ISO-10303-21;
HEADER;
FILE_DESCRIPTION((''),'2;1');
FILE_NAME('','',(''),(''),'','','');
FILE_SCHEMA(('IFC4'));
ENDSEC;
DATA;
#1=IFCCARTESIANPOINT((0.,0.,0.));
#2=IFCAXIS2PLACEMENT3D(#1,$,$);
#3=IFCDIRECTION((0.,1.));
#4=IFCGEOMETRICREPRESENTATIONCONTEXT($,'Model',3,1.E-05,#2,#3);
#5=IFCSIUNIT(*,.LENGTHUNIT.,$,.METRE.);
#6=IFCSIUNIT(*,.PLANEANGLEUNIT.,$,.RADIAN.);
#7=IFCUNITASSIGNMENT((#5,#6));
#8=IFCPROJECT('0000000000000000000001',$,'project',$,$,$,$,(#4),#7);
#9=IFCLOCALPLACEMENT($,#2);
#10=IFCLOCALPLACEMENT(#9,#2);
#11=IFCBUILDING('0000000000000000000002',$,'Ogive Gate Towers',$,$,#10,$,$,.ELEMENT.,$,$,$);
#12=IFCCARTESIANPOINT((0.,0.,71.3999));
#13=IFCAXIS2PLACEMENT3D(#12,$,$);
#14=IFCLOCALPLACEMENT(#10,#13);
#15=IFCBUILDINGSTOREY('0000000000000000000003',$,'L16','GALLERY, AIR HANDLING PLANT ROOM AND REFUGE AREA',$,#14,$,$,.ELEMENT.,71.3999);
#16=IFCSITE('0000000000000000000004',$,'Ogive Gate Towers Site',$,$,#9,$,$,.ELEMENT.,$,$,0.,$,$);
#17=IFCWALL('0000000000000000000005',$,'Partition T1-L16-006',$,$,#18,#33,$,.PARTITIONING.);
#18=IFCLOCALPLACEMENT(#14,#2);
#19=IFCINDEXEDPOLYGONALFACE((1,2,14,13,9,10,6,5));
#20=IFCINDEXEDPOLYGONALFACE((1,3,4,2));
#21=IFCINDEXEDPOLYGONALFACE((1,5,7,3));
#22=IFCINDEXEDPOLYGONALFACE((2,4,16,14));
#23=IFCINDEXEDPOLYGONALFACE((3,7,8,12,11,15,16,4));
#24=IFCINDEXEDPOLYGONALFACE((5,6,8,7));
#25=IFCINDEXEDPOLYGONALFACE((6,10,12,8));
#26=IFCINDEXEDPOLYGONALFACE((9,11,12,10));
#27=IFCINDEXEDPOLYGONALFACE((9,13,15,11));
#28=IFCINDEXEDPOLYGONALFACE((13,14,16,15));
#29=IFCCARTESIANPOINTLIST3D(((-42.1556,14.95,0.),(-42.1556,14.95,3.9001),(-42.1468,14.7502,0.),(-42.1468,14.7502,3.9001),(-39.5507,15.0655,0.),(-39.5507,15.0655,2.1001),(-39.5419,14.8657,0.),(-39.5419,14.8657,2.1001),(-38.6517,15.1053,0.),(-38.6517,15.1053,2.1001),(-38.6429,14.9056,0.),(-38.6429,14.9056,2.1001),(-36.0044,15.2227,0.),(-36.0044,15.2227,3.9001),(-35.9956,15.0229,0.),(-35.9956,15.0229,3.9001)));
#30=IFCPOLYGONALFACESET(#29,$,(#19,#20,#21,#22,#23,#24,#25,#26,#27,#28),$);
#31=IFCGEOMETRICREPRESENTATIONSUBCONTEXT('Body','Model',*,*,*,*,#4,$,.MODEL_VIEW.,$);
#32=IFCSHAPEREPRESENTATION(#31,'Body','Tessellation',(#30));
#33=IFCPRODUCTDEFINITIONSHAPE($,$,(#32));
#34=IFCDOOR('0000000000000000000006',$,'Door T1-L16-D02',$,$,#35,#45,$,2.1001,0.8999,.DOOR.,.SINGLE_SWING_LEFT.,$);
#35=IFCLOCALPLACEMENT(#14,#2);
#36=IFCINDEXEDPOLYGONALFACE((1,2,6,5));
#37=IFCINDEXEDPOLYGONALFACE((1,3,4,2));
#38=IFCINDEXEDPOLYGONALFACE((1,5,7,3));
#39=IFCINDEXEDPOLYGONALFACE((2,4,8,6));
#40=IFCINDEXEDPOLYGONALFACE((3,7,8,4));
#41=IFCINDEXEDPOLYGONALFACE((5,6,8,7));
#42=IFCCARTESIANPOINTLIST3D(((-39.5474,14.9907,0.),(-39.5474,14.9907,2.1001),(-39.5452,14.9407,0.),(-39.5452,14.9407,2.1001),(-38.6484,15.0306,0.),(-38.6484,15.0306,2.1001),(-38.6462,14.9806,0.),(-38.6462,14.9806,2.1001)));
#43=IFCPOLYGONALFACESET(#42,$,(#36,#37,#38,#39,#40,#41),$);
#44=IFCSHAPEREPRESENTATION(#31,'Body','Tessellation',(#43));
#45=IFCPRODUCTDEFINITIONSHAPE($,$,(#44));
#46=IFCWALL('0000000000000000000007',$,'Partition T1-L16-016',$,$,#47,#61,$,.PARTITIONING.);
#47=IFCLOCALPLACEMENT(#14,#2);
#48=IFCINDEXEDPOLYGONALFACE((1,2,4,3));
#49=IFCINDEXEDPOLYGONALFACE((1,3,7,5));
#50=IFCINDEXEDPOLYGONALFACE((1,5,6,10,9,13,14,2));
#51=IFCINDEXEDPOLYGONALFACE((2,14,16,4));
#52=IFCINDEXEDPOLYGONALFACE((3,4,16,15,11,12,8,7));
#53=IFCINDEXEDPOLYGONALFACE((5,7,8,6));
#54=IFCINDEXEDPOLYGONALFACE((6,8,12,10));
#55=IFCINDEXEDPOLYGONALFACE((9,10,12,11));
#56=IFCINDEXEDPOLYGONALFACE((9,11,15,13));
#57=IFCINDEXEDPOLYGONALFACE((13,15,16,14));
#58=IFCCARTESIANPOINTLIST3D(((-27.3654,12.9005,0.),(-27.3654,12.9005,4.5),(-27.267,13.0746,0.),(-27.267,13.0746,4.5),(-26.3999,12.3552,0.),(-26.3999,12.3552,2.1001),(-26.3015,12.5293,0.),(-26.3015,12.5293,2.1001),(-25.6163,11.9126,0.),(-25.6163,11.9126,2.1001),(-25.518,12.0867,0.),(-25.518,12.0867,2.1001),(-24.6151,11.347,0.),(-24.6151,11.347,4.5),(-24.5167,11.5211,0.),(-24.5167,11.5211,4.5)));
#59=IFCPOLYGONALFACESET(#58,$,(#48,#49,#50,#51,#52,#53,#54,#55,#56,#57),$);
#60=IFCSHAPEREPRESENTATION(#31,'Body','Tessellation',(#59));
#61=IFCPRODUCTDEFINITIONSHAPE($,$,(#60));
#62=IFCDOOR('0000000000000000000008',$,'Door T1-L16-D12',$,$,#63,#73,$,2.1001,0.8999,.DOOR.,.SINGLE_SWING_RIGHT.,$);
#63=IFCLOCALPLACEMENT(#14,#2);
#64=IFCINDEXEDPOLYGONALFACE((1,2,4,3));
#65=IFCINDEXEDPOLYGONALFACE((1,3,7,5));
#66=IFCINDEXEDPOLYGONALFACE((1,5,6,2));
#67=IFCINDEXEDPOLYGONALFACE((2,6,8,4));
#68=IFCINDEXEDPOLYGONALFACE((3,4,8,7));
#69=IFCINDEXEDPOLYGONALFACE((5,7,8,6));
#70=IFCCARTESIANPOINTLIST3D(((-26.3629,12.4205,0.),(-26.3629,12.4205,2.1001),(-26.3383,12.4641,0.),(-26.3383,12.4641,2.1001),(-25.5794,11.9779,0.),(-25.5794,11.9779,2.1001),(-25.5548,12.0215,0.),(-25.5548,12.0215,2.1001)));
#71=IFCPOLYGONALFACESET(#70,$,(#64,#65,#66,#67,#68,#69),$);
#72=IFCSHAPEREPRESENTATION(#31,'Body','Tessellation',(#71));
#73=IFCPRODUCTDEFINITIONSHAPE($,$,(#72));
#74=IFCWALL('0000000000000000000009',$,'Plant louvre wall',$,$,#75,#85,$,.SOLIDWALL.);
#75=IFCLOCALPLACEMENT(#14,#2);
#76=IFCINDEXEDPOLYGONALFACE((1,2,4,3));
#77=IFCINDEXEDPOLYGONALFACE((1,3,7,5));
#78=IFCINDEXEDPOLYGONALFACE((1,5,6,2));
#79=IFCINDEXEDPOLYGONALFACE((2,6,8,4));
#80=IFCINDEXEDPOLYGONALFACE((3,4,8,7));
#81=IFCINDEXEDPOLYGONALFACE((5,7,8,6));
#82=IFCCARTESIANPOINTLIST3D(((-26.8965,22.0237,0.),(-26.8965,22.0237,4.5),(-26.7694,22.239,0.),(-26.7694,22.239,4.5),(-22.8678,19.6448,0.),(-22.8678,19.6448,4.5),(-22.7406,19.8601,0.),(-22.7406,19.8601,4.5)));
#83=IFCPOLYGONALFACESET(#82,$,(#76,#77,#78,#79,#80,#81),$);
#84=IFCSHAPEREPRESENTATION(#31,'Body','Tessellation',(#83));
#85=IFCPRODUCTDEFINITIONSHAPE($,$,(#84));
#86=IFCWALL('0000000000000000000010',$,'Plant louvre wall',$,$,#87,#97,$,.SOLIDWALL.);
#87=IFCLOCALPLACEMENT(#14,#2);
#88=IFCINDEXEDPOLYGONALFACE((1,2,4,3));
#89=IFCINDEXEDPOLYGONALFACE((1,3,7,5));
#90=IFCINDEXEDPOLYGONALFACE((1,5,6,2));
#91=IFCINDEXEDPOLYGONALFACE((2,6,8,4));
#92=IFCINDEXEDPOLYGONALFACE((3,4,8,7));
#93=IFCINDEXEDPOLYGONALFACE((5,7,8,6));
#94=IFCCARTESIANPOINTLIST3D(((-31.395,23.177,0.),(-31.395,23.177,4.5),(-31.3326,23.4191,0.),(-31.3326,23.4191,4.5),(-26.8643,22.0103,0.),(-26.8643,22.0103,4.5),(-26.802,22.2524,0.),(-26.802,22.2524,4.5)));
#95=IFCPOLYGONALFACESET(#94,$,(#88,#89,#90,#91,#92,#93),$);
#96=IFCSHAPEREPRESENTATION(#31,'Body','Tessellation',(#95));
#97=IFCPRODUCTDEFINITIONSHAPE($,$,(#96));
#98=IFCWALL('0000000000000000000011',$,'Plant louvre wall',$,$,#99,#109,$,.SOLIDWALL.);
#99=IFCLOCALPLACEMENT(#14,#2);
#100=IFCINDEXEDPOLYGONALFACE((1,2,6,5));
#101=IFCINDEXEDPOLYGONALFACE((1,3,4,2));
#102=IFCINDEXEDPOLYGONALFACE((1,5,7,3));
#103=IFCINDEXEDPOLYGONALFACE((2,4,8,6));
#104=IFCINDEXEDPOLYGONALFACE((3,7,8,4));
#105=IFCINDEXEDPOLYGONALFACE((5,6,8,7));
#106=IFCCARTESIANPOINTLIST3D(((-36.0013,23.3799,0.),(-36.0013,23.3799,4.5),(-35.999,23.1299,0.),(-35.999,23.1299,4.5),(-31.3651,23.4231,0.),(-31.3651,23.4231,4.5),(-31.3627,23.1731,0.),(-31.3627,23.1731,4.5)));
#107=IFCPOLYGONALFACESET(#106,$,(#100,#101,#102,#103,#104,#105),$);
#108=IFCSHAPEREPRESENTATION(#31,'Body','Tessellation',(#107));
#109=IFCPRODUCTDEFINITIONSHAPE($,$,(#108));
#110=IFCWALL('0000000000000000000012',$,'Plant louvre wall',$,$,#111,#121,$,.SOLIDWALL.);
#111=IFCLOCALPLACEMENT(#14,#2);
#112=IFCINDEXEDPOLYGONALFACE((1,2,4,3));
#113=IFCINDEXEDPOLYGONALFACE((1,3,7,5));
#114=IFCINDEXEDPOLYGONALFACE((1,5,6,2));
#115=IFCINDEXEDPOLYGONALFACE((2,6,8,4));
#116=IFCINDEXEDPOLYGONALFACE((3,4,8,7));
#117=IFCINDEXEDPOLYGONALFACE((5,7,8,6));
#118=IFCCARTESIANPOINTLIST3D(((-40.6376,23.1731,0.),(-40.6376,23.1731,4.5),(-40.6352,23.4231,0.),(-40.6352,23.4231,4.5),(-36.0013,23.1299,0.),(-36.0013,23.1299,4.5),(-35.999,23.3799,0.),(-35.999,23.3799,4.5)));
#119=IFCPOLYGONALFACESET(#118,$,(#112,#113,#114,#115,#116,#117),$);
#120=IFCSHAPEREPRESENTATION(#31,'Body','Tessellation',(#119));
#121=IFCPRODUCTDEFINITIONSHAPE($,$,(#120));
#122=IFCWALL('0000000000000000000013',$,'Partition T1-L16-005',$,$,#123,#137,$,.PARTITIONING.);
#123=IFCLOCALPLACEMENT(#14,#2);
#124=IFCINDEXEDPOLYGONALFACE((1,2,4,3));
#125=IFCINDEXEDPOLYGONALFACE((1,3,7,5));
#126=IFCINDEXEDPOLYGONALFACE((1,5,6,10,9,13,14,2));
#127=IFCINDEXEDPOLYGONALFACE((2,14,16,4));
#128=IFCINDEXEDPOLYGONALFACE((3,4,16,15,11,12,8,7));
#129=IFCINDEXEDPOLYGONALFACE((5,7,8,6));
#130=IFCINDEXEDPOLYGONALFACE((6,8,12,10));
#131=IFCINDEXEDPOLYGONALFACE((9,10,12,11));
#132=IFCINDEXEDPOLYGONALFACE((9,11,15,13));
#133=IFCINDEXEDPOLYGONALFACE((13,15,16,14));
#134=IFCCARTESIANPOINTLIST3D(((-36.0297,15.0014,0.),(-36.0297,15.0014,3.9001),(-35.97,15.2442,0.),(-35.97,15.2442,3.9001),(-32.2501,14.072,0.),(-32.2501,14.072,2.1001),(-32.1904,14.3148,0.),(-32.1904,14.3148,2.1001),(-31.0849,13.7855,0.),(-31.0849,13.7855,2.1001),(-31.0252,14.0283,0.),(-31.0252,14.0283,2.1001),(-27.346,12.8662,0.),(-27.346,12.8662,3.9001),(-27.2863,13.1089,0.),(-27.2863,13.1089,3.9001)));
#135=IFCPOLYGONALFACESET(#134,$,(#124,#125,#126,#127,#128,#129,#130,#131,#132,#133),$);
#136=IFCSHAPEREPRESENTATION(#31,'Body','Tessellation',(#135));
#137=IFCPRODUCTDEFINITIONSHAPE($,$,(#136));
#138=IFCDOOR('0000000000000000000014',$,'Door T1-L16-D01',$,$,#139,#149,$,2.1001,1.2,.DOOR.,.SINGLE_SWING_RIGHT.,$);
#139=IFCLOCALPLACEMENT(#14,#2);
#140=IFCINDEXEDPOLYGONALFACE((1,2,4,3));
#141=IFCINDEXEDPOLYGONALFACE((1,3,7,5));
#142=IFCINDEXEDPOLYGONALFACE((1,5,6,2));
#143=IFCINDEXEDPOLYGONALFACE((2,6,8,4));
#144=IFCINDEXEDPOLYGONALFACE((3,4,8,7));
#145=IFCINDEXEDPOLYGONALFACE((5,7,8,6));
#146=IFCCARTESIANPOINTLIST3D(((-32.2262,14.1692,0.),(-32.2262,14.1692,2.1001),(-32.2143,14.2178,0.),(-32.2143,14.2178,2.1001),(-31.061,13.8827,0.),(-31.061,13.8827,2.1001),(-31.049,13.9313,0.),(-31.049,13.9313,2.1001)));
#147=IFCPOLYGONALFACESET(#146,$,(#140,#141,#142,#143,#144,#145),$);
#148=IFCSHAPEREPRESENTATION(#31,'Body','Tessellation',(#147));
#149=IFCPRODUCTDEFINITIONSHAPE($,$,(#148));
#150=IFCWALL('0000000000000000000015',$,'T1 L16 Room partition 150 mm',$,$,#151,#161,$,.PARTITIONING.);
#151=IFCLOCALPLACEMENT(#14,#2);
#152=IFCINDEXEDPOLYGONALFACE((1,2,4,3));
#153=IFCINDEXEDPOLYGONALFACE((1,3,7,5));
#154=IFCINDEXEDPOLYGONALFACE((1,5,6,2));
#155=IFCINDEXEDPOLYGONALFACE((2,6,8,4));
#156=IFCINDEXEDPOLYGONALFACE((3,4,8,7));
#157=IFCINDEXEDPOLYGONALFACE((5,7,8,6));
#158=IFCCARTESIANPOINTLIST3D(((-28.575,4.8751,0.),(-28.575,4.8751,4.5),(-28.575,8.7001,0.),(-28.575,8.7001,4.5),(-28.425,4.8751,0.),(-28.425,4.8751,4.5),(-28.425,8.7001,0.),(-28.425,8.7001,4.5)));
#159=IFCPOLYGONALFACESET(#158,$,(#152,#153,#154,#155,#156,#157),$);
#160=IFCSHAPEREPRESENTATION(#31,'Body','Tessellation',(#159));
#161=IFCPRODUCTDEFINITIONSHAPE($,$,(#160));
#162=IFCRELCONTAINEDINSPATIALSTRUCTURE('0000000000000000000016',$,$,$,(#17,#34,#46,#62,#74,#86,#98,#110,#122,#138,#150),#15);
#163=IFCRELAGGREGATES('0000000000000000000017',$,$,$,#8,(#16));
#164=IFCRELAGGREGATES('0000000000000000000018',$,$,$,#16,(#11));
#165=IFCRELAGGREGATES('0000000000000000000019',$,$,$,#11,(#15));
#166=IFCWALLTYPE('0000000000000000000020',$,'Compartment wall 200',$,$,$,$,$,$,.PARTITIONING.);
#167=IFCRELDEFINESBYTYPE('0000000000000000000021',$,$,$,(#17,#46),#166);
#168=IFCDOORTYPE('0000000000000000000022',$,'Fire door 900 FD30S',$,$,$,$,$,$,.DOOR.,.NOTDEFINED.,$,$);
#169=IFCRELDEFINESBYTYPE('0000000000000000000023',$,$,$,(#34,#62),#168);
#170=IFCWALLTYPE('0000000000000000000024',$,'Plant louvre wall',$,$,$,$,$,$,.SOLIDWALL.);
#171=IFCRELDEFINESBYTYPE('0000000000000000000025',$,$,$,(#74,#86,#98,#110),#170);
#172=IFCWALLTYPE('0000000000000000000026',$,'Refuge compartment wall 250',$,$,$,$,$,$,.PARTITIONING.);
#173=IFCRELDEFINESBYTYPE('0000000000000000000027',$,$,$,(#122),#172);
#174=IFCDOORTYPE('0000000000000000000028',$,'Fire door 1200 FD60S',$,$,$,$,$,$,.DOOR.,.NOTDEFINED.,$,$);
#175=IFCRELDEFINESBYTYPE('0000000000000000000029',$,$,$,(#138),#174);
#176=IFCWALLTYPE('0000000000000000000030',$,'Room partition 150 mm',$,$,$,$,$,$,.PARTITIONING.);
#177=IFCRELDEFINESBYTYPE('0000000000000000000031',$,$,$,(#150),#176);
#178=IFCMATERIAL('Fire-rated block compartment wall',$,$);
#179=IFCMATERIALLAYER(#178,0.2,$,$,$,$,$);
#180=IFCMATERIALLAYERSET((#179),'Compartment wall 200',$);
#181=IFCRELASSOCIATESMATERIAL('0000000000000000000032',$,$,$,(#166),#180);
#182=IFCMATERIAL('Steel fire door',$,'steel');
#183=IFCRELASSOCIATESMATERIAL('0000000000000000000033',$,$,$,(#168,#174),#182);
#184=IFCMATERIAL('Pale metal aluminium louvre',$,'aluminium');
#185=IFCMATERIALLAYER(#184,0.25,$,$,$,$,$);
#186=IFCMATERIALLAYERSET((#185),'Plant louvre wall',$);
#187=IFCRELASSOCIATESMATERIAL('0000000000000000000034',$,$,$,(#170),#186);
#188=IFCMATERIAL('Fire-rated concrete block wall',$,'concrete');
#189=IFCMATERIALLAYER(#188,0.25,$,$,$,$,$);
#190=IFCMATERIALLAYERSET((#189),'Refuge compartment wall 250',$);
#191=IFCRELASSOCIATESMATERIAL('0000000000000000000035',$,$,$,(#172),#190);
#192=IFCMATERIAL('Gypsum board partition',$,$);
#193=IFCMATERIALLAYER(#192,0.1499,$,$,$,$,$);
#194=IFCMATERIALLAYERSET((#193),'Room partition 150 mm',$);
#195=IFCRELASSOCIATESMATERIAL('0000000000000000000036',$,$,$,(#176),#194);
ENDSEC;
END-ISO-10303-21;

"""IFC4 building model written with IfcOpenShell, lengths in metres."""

from ifc_helpers import new_model, si_unit, direction, frame, frame_2d, origin, place, context, subcontext, project, spatial, rectangle, extrude, material, layer, layer_set, type_object, element, fill, save


model = new_model("IFC4")

# Units and contexts
model_context = context("Model", 3, precision=1e-05, world=origin(), true_north=direction((0.0, 1.0)))
body_context = subcontext(model_context, "Body", "Model", "MODEL_VIEW")
ifc_project = project(units=[si_unit("LENGTHUNIT", "METRE"), si_unit("PLANEANGLEUNIT", "RADIAN")], contexts=[model_context])

# Site, building, storey
site_placement = place(None, origin())
site = spatial("IfcSite", under=ifc_project, at=site_placement, Name="Ogive Gate Towers Site", CompositionType="ELEMENT", RefElevation=0.0)
building_placement = place(site_placement, origin())
building = spatial("IfcBuilding", under=site, at=building_placement, Name="Ogive Gate Towers", CompositionType="ELEMENT")
storey_placement = place(building_placement, frame((0.0, 0.0, 71.3999)))
storey = spatial("IfcBuildingStorey", under=building, at=storey_placement, Name="L16", Description="GALLERY, AIR HANDLING PLANT ROOM AND REFUGE AREA", CompositionType="ELEMENT", Elevation=71.3999)

# Walls, openings, doors
ifc_material_1 = material(Name="Fire-rated block compartment wall")
ifc_layer_1 = layer(ifc_material_1, 0.2)
ifc_layer_set_1 = layer_set([ifc_layer_1], Name="Compartment wall 200")
wall_type_1 = type_object("IfcWallType", Name="Compartment wall 200", PredefinedType="PARTITIONING", material=ifc_layer_set_1)
wall_1_placement = place(storey_placement, frame((-36.0, 15.1228, 0.0), z_axis=(0.0, 0.0, 1.0), x_axis=(-0.999019, -0.044291, 0.0)))
wall_1 = element("IfcWall", 1, at=wall_1_placement, inside=storey, type_object=wall_type_1, Name="Partition T1-L16-006", PredefinedType="PARTITIONING", context=body_context, shape_type="SweptSolid", body=[
    extrude(rectangle(XDim=6.1572, YDim=0.2, at=frame_2d((3.0786, 0.0))), origin(), (0.0, 0.0, 1.0), 3.9001),
])
opening_1_placement = place(wall_1_placement, frame((2.6499, 0.0, 0.0)))
opening_1 = element("IfcOpeningElement", 2, at=opening_1_placement, cuts=wall_1, PredefinedType="OPENING", context=body_context, shape_type="SweptSolid", body=[
    extrude(rectangle(XDim=0.8999, YDim=2.1001, at=frame_2d((0.45, 1.05))), frame((0.0, 0.1099, 0.0), z_axis=(0.0, -1.0, 0.0), x_axis=(1.0, 0.0, 0.0)), (0.0, 0.0, 1.0), 0.22),
])
ifc_material_2 = material(Name="Steel fire door", Category="steel")
door_type_1 = type_object("IfcDoorType", Name="Fire door 900 FD30S", OperationType="NOTDEFINED", PredefinedType="DOOR", material=ifc_material_2)
door_1_placement = place(opening_1_placement, origin())
door_1 = element("IfcDoor", 3, at=door_1_placement, inside=storey, type_object=door_type_1, Name="Door T1-L16-D02", OperationType="SINGLE_SWING_LEFT", OverallHeight=2.1001, OverallWidth=0.8999, PredefinedType="DOOR", context=body_context, shape_type="SweptSolid", body=[
    extrude(rectangle(XDim=0.8999, YDim=2.1001, at=frame_2d((0.45, 1.05))), frame((0.0, 0.0249, 0.0), z_axis=(0.0, -1.0, 0.0), x_axis=(1.0, 0.0, 0.0)), (0.0, 0.0, 1.0), 0.05),
])
fill(opening_1, door_1)
wall_2_placement = place(storey_placement, frame((-24.5659, 11.4341, 0.0), z_axis=(0.0, 0.0, 1.0), x_axis=(-0.870701, 0.491813, 0.0)))
wall_2 = element("IfcWall", 4, at=wall_2_placement, inside=storey, type_object=wall_type_1, Name="Partition T1-L16-016", PredefinedType="PARTITIONING", context=body_context, shape_type="SweptSolid", body=[
    extrude(rectangle(XDim=3.1587, YDim=0.2, at=frame_2d((1.5793, 0.0))), origin(), (0.0, 0.0, 1.0), 4.5),
])
opening_2_placement = place(wall_2_placement, frame((1.1499, 0.0, 0.0)))
opening_2 = element("IfcOpeningElement", 5, at=opening_2_placement, cuts=wall_2, PredefinedType="OPENING", context=body_context, shape_type="SweptSolid", body=[
    extrude(rectangle(XDim=0.8999, YDim=2.1001, at=frame_2d((0.45, 1.05))), frame((0.0, 0.1099, 0.0), z_axis=(0.0, -1.0, 0.0), x_axis=(1.0, 0.0, 0.0)), (0.0, 0.0, 1.0), 0.22),
])
door_2_placement = place(opening_2_placement, origin())
door_2 = element("IfcDoor", 6, at=door_2_placement, inside=storey, type_object=door_type_1, Name="Door T1-L16-D12", OperationType="SINGLE_SWING_RIGHT", OverallHeight=2.1001, OverallWidth=0.8999, PredefinedType="DOOR", context=body_context, shape_type="SweptSolid", body=[
    extrude(rectangle(XDim=0.8999, YDim=2.1001, at=frame_2d((0.45, 1.05))), frame((0.0, 0.0249, 0.0), z_axis=(0.0, -1.0, 0.0), x_axis=(1.0, 0.0, 0.0)), (0.0, 0.0, 1.0), 0.05),
])
fill(opening_2, door_2)

# Walls
ifc_material_3 = material(Name="Pale metal aluminium louvre", Category="aluminium")
ifc_layer_2 = layer(ifc_material_3, 0.25)
ifc_layer_set_2 = layer_set([ifc_layer_2], Name="Plant louvre wall")
wall_type_2 = type_object("IfcWallType", Name="Plant louvre wall", PredefinedType="SOLIDWALL", material=ifc_layer_set_2)
wall_3_placement = place(storey_placement, frame((-22.8042, 19.7524, 0.0), z_axis=(0.0, 0.0, 1.0), x_axis=(-0.861091, 0.508452, 0.0)))
element("IfcWall", 7, at=wall_3_placement, inside=storey, type_object=wall_type_2, Name="Plant louvre wall", PredefinedType="SOLIDWALL", context=body_context, shape_type="SweptSolid", body=[
    extrude(rectangle(XDim=4.6787, YDim=0.25, at=frame_2d((2.3394, 0.0))), origin(), (0.0, 0.0, 1.0), 4.5),
])
wall_4_placement = place(storey_placement, frame((-26.833, 22.1313, 0.0), z_axis=(0.0, 0.0, 1.0), x_axis=(-0.968405, 0.249381, 0.0)))
element("IfcWall", 8, at=wall_4_placement, inside=storey, type_object=wall_type_2, Name="Plant louvre wall", PredefinedType="SOLIDWALL", context=body_context, shape_type="SweptSolid", body=[
    extrude(rectangle(XDim=4.6785, YDim=0.25, at=frame_2d((2.3394, 0.0))), origin(), (0.0, 0.0, 1.0), 4.5),
])
for number, where, z_axis, x_axis, name in (
    (9, (-31.3638, 23.2981, 0.0), (0.0, 0.0, 1.0), (-0.999957, -0.00932, 0.0), "Plant louvre wall"),
    (10, (-36.0, 23.2549, 0.0), (0.0, 0.0, 1.0), (-0.999957, 0.00932, 0.0), "Plant louvre wall"),
):
    element("IfcWall", number, at=place(storey_placement, frame(where, z_axis=z_axis, x_axis=x_axis)), inside=storey, type_object=wall_type_2, Name=name, PredefinedType="SOLIDWALL", context=body_context, shape_type="SweptSolid", body=[
        extrude(rectangle(XDim=4.6365, YDim=0.25, at=frame_2d((2.3184, 0.0))), origin(), (0.0, 0.0, 1.0), 4.5),
    ])

# Wall, opening, door
ifc_material_4 = material(Name="Fire-rated concrete block wall", Category="concrete")
ifc_layer_3 = layer(ifc_material_4, 0.25)
ifc_layer_set_3 = layer_set([ifc_layer_3], Name="Refuge compartment wall 250")
wall_type_3 = type_object("IfcWallType", Name="Refuge compartment wall 250", PredefinedType="PARTITIONING", material=ifc_layer_set_3)
wall_5_placement = place(storey_placement, frame((-27.3162, 12.9875, 0.0), z_axis=(0.0, 0.0, 1.0), x_axis=(-0.971075, 0.238776, 0.0)))
wall_5 = element("IfcWall", 11, at=wall_5_placement, inside=storey, type_object=wall_type_3, Name="Partition T1-L16-005", PredefinedType="PARTITIONING", context=body_context, shape_type="SweptSolid", body=[
    extrude(rectangle(XDim=8.9424, YDim=0.25, at=frame_2d((4.4712, 0.0))), origin(), (0.0, 0.0, 1.0), 3.9001),
])
opening_3_placement = place(wall_5_placement, frame((3.8501, 0.0, 0.0)))
opening_3 = element("IfcOpeningElement", 12, at=opening_3_placement, cuts=wall_5, PredefinedType="OPENING", context=body_context, shape_type="SweptSolid", body=[
    extrude(rectangle(XDim=1.2, YDim=2.1001, at=frame_2d((0.6001, 1.05))), frame((0.0, 0.135, 0.0), z_axis=(0.0, -1.0, 0.0), x_axis=(1.0, 0.0, 0.0)), (0.0, 0.0, 1.0), 0.27),
])
door_type_2 = type_object("IfcDoorType", Name="Fire door 1200 FD60S", OperationType="NOTDEFINED", PredefinedType="DOOR", material=ifc_material_2)
door_3_placement = place(opening_3_placement, origin())
door_3 = element("IfcDoor", 13, at=door_3_placement, inside=storey, type_object=door_type_2, Name="Door T1-L16-D01", OperationType="SINGLE_SWING_RIGHT", OverallHeight=2.1001, OverallWidth=1.2, PredefinedType="DOOR", context=body_context, shape_type="SweptSolid", body=[
    extrude(rectangle(XDim=1.2, YDim=2.1001, at=frame_2d((0.6001, 1.05))), frame((0.0, 0.0249, 0.0), z_axis=(0.0, -1.0, 0.0), x_axis=(1.0, 0.0, 0.0)), (0.0, 0.0, 1.0), 0.05),
])
fill(opening_3, door_3)

# Wall
ifc_material_5 = material(Name="Gypsum board partition")
ifc_layer_4 = layer(ifc_material_5, 0.1499)
ifc_layer_set_4 = layer_set([ifc_layer_4], Name="Room partition 150 mm")
wall_type_4 = type_object("IfcWallType", Name="Room partition 150 mm", PredefinedType="PARTITIONING", material=ifc_layer_set_4)
wall_6_placement = place(storey_placement, frame((-28.5, 4.875, 0.0), z_axis=(0.0, 0.0, 1.0), x_axis=(0.0, 1.0, 0.0)))
element("IfcWall", 14, at=wall_6_placement, inside=storey, type_object=wall_type_4, Name="T1 L16 Room partition 150 mm", PredefinedType="PARTITIONING", context=body_context, shape_type="SweptSolid", body=[
    extrude(rectangle(XDim=3.825, YDim=0.1499, at=frame_2d((1.9126, 0.0))), origin(), (0.0, 0.0, 1.0), 4.5),
])

save(model, "model.ifc")
